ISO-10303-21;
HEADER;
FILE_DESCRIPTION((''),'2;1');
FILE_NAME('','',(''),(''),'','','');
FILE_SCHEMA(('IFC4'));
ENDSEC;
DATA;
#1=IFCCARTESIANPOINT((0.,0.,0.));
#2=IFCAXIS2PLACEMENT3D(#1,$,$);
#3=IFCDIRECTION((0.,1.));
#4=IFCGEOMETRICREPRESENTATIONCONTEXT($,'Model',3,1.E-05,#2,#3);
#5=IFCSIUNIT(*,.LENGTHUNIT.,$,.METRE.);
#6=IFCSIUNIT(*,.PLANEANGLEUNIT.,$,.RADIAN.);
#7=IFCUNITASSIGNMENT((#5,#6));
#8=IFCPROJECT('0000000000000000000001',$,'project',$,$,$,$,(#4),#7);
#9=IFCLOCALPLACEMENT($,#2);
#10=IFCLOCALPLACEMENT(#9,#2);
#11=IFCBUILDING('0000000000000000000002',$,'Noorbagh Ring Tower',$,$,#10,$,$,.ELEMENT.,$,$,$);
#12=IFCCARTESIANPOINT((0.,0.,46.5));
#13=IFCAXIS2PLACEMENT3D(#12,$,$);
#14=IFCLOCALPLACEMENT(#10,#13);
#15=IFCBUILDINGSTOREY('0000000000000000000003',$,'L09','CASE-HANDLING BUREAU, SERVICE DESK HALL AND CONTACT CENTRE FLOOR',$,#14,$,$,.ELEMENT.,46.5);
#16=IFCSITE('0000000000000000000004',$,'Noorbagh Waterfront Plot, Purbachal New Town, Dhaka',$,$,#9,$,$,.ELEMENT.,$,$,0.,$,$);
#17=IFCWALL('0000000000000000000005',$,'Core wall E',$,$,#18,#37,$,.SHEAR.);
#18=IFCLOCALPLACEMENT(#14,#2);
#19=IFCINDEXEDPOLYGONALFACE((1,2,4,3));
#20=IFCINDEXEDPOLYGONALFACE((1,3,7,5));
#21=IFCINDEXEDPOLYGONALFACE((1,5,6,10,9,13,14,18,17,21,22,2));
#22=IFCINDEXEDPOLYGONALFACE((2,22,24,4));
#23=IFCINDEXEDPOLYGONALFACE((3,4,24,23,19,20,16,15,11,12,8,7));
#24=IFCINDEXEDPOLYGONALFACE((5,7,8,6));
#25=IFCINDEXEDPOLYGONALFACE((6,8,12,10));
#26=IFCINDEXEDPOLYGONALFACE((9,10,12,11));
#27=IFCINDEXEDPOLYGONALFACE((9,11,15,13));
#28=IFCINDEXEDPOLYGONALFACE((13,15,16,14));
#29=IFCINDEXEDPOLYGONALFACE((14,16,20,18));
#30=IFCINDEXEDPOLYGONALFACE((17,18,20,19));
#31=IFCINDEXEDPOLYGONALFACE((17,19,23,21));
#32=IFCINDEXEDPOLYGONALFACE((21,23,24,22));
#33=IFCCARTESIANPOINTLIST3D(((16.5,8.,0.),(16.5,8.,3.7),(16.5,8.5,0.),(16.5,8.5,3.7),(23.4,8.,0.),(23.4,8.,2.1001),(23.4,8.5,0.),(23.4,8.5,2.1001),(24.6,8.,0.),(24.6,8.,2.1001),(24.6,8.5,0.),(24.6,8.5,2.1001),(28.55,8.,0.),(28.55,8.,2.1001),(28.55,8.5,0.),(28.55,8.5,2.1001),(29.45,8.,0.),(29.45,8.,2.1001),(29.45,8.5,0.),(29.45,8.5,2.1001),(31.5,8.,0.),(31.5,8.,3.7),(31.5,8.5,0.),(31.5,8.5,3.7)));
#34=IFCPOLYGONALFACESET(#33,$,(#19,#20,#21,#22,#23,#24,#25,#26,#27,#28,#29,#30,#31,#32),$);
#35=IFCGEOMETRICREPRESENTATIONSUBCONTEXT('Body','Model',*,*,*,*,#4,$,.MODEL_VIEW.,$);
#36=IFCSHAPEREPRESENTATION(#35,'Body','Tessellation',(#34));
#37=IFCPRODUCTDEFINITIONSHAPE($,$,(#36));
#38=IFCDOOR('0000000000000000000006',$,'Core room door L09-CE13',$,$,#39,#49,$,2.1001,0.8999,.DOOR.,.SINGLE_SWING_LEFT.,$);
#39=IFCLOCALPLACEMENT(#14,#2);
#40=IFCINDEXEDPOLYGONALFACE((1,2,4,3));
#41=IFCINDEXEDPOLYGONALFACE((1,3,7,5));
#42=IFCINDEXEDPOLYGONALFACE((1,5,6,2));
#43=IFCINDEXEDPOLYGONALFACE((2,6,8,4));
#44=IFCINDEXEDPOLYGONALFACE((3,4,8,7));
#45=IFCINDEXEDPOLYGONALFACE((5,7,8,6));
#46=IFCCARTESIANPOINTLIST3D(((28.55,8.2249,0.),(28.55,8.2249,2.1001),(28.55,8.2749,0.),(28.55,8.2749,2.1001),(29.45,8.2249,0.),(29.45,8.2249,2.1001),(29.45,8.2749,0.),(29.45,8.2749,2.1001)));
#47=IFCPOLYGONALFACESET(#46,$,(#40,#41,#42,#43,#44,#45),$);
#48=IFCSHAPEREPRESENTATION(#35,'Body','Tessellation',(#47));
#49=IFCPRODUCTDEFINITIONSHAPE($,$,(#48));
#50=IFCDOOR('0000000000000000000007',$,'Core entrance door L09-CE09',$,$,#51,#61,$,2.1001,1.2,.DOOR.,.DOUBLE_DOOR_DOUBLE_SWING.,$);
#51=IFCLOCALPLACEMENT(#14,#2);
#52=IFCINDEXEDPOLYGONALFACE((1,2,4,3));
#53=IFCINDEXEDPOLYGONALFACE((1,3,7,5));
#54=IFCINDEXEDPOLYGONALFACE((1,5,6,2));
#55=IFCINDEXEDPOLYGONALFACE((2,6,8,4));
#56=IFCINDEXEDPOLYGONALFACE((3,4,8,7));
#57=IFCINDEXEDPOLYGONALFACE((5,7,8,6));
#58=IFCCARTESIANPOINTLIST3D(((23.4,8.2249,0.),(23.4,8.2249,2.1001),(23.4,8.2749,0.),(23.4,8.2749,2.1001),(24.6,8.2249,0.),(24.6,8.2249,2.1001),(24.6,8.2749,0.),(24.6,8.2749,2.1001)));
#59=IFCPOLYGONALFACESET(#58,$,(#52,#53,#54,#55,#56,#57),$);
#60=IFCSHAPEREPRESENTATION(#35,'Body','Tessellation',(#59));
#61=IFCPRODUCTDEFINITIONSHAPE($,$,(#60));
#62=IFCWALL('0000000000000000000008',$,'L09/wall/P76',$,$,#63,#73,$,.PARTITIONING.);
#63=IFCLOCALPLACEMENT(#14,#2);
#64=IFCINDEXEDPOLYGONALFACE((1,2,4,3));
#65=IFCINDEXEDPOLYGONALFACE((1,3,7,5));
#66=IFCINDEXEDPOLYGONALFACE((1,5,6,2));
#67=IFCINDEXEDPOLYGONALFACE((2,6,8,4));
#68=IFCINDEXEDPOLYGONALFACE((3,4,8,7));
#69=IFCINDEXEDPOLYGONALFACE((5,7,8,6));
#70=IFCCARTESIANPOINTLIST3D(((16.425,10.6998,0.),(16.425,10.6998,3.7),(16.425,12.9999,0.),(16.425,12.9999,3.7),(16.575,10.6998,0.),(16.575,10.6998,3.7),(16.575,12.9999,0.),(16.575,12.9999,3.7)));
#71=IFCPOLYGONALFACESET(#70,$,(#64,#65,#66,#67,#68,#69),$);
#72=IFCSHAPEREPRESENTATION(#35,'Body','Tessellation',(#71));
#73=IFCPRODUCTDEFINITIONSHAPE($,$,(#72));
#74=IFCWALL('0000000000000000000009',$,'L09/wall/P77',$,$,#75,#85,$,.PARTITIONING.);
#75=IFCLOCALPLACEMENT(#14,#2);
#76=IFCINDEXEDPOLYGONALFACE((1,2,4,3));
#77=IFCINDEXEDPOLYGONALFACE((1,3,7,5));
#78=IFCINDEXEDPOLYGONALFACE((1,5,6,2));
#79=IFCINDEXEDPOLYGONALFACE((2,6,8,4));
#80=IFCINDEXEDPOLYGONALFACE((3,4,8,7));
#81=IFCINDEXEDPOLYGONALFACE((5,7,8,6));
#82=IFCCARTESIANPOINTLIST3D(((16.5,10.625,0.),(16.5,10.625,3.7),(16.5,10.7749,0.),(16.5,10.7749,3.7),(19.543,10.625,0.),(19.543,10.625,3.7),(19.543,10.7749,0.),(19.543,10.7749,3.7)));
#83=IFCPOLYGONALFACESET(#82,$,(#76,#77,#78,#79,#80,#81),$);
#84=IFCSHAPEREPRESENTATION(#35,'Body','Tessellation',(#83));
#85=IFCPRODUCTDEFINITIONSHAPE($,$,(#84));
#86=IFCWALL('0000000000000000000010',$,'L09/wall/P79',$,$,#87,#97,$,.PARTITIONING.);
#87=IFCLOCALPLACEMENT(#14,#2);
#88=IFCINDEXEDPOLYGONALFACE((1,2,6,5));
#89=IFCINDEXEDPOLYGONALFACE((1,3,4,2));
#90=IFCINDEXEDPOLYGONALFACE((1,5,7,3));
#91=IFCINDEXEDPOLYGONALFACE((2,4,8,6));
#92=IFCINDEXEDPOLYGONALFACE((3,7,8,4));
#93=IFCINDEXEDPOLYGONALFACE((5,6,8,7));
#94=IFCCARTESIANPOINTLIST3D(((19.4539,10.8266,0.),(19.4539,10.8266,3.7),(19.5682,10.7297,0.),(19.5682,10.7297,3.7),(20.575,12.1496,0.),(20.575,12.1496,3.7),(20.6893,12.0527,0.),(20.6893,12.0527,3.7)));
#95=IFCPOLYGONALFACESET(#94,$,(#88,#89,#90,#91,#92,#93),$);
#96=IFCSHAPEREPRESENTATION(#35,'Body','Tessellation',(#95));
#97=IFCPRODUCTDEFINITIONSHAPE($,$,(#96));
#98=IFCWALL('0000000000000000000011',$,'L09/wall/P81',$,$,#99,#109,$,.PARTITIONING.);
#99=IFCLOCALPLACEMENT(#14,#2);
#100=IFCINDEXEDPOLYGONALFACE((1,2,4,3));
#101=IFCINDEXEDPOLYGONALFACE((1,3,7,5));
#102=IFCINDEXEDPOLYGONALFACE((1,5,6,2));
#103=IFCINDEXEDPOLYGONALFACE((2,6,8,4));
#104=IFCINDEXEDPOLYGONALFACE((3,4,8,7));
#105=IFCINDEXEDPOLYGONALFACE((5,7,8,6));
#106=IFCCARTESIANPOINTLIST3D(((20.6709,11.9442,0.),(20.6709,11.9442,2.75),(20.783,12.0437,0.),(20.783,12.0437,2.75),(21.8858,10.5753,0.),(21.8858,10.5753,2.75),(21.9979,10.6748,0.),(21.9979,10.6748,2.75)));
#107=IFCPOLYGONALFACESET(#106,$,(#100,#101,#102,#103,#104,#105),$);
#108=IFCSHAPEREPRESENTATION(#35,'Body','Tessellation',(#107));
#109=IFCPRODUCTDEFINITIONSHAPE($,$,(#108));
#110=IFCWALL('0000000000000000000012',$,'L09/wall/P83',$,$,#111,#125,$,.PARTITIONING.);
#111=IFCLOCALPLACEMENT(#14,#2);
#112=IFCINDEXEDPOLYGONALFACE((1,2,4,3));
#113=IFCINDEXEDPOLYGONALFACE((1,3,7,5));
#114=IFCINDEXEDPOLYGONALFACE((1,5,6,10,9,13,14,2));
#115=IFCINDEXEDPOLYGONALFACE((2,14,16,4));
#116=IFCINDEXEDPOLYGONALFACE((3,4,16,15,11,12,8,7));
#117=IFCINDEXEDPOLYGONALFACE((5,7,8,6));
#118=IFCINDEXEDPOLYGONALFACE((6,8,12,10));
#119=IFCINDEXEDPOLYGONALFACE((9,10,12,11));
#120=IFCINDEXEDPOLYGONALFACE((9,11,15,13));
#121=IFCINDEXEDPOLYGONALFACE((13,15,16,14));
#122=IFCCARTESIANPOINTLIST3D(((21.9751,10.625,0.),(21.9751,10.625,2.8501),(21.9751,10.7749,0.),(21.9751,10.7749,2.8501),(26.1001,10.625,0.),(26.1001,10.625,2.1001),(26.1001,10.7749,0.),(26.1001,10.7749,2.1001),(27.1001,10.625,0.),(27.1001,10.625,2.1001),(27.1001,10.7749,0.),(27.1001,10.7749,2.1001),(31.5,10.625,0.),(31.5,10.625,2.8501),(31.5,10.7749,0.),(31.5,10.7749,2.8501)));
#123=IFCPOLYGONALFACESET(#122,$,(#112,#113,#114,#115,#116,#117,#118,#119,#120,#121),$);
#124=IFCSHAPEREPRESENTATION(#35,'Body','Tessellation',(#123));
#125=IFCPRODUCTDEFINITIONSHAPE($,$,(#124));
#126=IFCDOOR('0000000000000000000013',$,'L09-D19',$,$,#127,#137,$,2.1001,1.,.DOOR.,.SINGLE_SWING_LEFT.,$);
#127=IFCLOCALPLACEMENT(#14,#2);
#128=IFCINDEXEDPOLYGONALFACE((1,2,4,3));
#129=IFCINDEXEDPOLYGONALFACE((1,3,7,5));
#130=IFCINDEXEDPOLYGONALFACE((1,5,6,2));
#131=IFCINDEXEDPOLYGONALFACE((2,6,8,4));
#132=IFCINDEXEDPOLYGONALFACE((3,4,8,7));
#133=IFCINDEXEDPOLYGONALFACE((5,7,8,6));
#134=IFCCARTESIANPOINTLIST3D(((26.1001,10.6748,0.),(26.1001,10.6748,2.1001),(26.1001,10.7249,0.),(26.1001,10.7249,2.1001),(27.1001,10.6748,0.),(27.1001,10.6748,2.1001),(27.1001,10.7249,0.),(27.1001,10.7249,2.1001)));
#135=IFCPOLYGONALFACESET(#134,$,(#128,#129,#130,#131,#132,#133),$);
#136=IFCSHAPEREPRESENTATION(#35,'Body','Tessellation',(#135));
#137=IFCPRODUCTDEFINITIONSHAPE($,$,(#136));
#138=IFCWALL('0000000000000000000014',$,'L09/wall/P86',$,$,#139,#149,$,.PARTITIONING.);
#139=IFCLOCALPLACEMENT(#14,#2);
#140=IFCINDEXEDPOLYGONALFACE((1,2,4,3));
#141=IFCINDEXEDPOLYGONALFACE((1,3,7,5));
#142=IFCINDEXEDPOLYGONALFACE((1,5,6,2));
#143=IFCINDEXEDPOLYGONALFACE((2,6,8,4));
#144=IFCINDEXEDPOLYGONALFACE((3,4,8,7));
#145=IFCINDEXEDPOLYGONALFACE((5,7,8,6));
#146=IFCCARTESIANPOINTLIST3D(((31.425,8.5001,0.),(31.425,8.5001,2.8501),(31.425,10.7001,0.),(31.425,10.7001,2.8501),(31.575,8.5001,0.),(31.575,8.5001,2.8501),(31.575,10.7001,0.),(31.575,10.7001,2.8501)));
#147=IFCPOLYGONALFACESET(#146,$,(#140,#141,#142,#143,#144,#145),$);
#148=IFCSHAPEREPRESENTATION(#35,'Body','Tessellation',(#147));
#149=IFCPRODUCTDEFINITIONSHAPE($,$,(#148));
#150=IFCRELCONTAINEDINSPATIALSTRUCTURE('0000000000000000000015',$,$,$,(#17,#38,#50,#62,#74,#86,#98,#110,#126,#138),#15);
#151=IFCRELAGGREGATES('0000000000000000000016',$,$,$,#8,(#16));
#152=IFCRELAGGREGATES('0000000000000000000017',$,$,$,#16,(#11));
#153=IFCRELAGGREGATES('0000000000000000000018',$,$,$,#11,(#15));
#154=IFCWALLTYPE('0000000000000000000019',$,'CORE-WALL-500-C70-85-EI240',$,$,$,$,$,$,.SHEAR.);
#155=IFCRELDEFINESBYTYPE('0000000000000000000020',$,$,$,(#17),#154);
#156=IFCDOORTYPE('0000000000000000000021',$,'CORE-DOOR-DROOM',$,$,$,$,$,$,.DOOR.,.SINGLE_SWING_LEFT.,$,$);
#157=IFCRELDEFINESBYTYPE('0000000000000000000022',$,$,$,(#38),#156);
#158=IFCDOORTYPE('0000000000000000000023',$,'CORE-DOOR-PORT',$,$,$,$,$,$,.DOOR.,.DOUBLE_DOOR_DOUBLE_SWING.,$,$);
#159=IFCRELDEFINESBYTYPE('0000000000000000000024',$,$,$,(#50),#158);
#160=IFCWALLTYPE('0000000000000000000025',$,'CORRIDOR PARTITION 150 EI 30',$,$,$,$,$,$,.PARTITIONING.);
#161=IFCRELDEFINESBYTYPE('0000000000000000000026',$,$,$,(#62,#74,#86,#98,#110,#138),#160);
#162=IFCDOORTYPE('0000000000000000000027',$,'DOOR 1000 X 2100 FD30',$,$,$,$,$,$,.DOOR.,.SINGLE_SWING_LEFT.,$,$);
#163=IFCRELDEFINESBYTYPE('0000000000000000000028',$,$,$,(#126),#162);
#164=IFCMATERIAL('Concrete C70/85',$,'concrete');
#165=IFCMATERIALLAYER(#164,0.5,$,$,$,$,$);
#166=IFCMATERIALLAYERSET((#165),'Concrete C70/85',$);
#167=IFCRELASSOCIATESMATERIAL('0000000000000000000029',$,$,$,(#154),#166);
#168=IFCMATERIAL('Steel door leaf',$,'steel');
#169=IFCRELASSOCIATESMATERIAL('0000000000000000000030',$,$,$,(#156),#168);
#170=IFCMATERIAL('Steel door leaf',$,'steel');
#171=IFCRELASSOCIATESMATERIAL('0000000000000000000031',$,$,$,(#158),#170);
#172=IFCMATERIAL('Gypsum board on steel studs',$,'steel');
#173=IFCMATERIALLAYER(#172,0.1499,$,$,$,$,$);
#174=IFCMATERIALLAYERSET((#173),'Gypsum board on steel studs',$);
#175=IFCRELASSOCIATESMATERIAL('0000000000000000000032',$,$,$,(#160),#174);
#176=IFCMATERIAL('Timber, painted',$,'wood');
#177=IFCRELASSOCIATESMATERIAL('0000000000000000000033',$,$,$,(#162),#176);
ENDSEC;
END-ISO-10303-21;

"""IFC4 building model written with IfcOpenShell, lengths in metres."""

from ifc_helpers import new_model, si_unit, direction, frame, frame_2d, origin, place, context, subcontext, project, spatial, rectangle, extrude, material, layer, layer_set, type_object, element, fill, save


model = new_model("IFC4")

# Units and contexts
model_context = context("Model", 3, precision=1e-05, world=origin(), true_north=direction((0.0, 1.0)))
body_context = subcontext(model_context, "Body", "Model", "MODEL_VIEW")
ifc_project = project(units=[si_unit("LENGTHUNIT", "METRE"), si_unit("PLANEANGLEUNIT", "RADIAN")], contexts=[model_context])

# Site, building, storey
site_placement = place(None, origin())
site = spatial("IfcSite", under=ifc_project, at=site_placement, Name="Noorbagh Waterfront Plot, Purbachal New Town, Dhaka", CompositionType="ELEMENT", RefElevation=0.0)
building_placement = place(site_placement, origin())
building = spatial("IfcBuilding", under=site, at=building_placement, Name="Noorbagh Ring Tower", CompositionType="ELEMENT")
storey_placement = place(building_placement, frame((0.0, 0.0, 46.5)))
storey = spatial("IfcBuildingStorey", under=building, at=storey_placement, Name="L09", Description="CASE-HANDLING BUREAU, SERVICE DESK HALL AND CONTACT CENTRE FLOOR", CompositionType="ELEMENT", Elevation=46.5)

# Wall, openings, doors
ifc_material_1 = material(Name="Concrete C70/85", Category="concrete")
ifc_layer_1 = layer(ifc_material_1, 0.5)
ifc_layer_set_1 = layer_set([ifc_layer_1], Name="Concrete C70/85")
wall_type_1 = type_object("IfcWallType", Name="CORE-WALL-500-C70-85-EI240", PredefinedType="SHEAR", material=ifc_layer_set_1)
wall_1_placement = place(storey_placement, frame((16.5, 8.25, 0.0), z_axis=(0.0, 0.0, 1.0), x_axis=(1.0, 0.0, 0.0)))
wall_1 = element("IfcWall", 1, at=wall_1_placement, inside=storey, type_object=wall_type_1, Name="Core wall E", PredefinedType="SHEAR", context=body_context, shape_type="SweptSolid", body=[
    extrude(rectangle(XDim=15.0, YDim=0.5, at=frame_2d((7.5, 0.0))), origin(), (0.0, 0.0, 1.0), 3.7),
])
opening_1_placement = place(wall_1_placement, frame((6.8999, 0.0, 0.0)))
opening_1 = element("IfcOpeningElement", 2, at=opening_1_placement, cuts=wall_1, PredefinedType="OPENING", context=body_context, shape_type="SweptSolid", body=[
    extrude(rectangle(XDim=1.2, YDim=2.1001, at=frame_2d((0.6001, 1.05))), frame((0.0, 0.26, 0.0), z_axis=(0.0, -1.0, 0.0), x_axis=(1.0, 0.0, 0.0)), (0.0, 0.0, 1.0), 0.52),
])
opening_2_placement = place(wall_1_placement, frame((12.05, 0.0, 0.0)))
opening_2 = element("IfcOpeningElement", 3, at=opening_2_placement, cuts=wall_1, PredefinedType="OPENING", context=body_context, shape_type="SweptSolid", body=[
    extrude(rectangle(XDim=0.8999, YDim=2.1001, at=frame_2d((0.45, 1.05))), frame((0.0, 0.26, 0.0), z_axis=(0.0, -1.0, 0.0), x_axis=(1.0, 0.0, 0.0)), (0.0, 0.0, 1.0), 0.52),
])
ifc_material_2 = material(Name="Steel door leaf", Category="steel")
door_type_1 = type_object("IfcDoorType", Name="CORE-DOOR-DROOM", OperationType="SINGLE_SWING_LEFT", PredefinedType="DOOR", material=ifc_material_2)
door_1_placement = place(opening_2_placement, origin())
door_1 = element("IfcDoor", 4, at=door_1_placement, inside=storey, type_object=door_type_1, Name="Core room door L09-CE13", OperationType="SINGLE_SWING_LEFT", OverallHeight=2.1001, OverallWidth=0.8999, PredefinedType="DOOR", context=body_context, shape_type="SweptSolid", body=[
    extrude(rectangle(XDim=0.8999, YDim=2.1001, at=frame_2d((0.45, 1.05))), frame((0.0, 0.0249, 0.0), z_axis=(0.0, -1.0, 0.0), x_axis=(1.0, 0.0, 0.0)), (0.0, 0.0, 1.0), 0.05),
])
fill(opening_2, door_1)
ifc_material_3 = material(Name="Steel door leaf", Category="steel")
door_type_2 = type_object("IfcDoorType", Name="CORE-DOOR-PORT", OperationType="DOUBLE_DOOR_DOUBLE_SWING", PredefinedType="DOOR", material=ifc_material_3)
door_2_placement = place(opening_1_placement, origin())
door_2 = element("IfcDoor", 5, at=door_2_placement, inside=storey, type_object=door_type_2, Name="Core entrance door L09-CE09", OperationType="DOUBLE_DOOR_DOUBLE_SWING", OverallHeight=2.1001, OverallWidth=1.2, PredefinedType="DOOR", context=body_context, shape_type="SweptSolid", body=[
    extrude(rectangle(XDim=1.2, YDim=2.1001, at=frame_2d((0.6001, 1.05))), frame((0.0, 0.0249, 0.0), z_axis=(0.0, -1.0, 0.0), x_axis=(1.0, 0.0, 0.0)), (0.0, 0.0, 1.0), 0.05),
])
fill(opening_1, door_2)

# Walls
ifc_material_4 = material(Name="Gypsum board on steel studs", Category="steel")
ifc_layer_2 = layer(ifc_material_4, 0.1499)
ifc_layer_set_2 = layer_set([ifc_layer_2], Name="Gypsum board on steel studs")
wall_type_2 = type_object("IfcWallType", Name="CORRIDOR PARTITION 150 EI 30", PredefinedType="PARTITIONING", material=ifc_layer_set_2)
wall_2_placement = place(storey_placement, frame((16.5, 10.7, 0.0), z_axis=(0.0, 0.0, 1.0), x_axis=(0.0, 1.0, 0.0)))
element("IfcWall", 6, at=wall_2_placement, inside=storey, type_object=wall_type_2, Name="L09/wall/P76", PredefinedType="PARTITIONING", context=body_context, shape_type="SweptSolid", body=[
    extrude(rectangle(XDim=2.3, YDim=0.1499, at=frame_2d((1.1499, 0.0))), origin(), (0.0, 0.0, 1.0), 3.7),
])
wall_3_placement = place(storey_placement, frame((16.5, 10.7, 0.0), z_axis=(0.0, 0.0, 1.0), x_axis=(1.0, 0.0, 0.0)))
element("IfcWall", 7, at=wall_3_placement, inside=storey, type_object=wall_type_2, Name="L09/wall/P77", PredefinedType="PARTITIONING", context=body_context, shape_type="SweptSolid", body=[
    extrude(rectangle(XDim=3.043, YDim=0.1499, at=frame_2d((1.5215, 0.0))), origin(), (0.0, 0.0, 1.0), 3.7),
])
wall_4_placement = place(storey_placement, frame((19.511, 10.7781, 0.0), z_axis=(0.0, 0.0, 1.0), x_axis=(0.646491, 0.762921, 0.0)))
element("IfcWall", 8, at=wall_4_placement, inside=storey, type_object=wall_type_2, Name="L09/wall/P79", PredefinedType="PARTITIONING", context=body_context, shape_type="SweptSolid", body=[
    extrude(rectangle(XDim=1.7341, YDim=0.1499, at=frame_2d((0.8672, 0.0))), origin(), (0.0, 0.0, 1.0), 3.7),
])
wall_5_placement = place(storey_placement, frame((20.7271, 11.9939, 0.0), z_axis=(0.0, 0.0, 1.0), x_axis=(0.663767, -0.747939, 0.0)))
element("IfcWall", 9, at=wall_5_placement, inside=storey, type_object=wall_type_2, Name="L09/wall/P81", PredefinedType="PARTITIONING", context=body_context, shape_type="SweptSolid", body=[
    extrude(rectangle(XDim=1.8303, YDim=0.1499, at=frame_2d((0.915, 0.0))), origin(), (0.0, 0.0, 1.0), 2.75),
])

# Wall, opening, door
wall_6_placement = place(storey_placement, frame((21.9751, 10.7, 0.0), z_axis=(0.0, 0.0, 1.0), x_axis=(1.0, 0.0, 0.0)))
wall_6 = element("IfcWall", 10, at=wall_6_placement, inside=storey, type_object=wall_type_2, Name="L09/wall/P83", PredefinedType="PARTITIONING", context=body_context, shape_type="SweptSolid", body=[
    extrude(rectangle(XDim=9.5249, YDim=0.1499, at=frame_2d((4.7625, 0.0))), origin(), (0.0, 0.0, 1.0), 2.8501),
])
opening_3_placement = place(wall_6_placement, frame((4.125, 0.0, 0.0)))
opening_3 = element("IfcOpeningElement", 11, at=opening_3_placement, cuts=wall_6, PredefinedType="OPENING", context=body_context, shape_type="SweptSolid", body=[
    extrude(rectangle(XDim=1.0, YDim=2.1001, at=frame_2d((0.5, 1.05))), frame((0.0, 0.085, 0.0), z_axis=(0.0, -1.0, 0.0), x_axis=(1.0, 0.0, 0.0)), (0.0, 0.0, 1.0), 0.1699),
])
ifc_material_5 = material(Name="Timber, painted", Category="wood")
door_type_3 = type_object("IfcDoorType", Name="DOOR 1000 X 2100 FD30", OperationType="SINGLE_SWING_LEFT", PredefinedType="DOOR", material=ifc_material_5)
door_3_placement = place(opening_3_placement, origin())
door_3 = element("IfcDoor", 12, at=door_3_placement, inside=storey, type_object=door_type_3, Name="L09-D19", OperationType="SINGLE_SWING_LEFT", OverallHeight=2.1001, OverallWidth=1.0, PredefinedType="DOOR", context=body_context, shape_type="SweptSolid", body=[
    extrude(rectangle(XDim=1.0, YDim=2.1001, at=frame_2d((0.5, 1.05))), frame((0.0, 0.0249, 0.0), z_axis=(0.0, -1.0, 0.0), x_axis=(1.0, 0.0, 0.0)), (0.0, 0.0, 1.0), 0.05),
])
fill(opening_3, door_3)

# Wall
wall_7_placement = place(storey_placement, frame((31.5, 8.5, 0.0), z_axis=(0.0, 0.0, 1.0), x_axis=(0.0, 1.0, 0.0)))
element("IfcWall", 13, at=wall_7_placement, inside=storey, type_object=wall_type_2, Name="L09/wall/P86", PredefinedType="PARTITIONING", context=body_context, shape_type="SweptSolid", body=[
    extrude(rectangle(XDim=2.2, YDim=0.1499, at=frame_2d((1.1001, 0.0))), origin(), (0.0, 0.0, 1.0), 2.8501),
])

save(model, "model.ifc")
